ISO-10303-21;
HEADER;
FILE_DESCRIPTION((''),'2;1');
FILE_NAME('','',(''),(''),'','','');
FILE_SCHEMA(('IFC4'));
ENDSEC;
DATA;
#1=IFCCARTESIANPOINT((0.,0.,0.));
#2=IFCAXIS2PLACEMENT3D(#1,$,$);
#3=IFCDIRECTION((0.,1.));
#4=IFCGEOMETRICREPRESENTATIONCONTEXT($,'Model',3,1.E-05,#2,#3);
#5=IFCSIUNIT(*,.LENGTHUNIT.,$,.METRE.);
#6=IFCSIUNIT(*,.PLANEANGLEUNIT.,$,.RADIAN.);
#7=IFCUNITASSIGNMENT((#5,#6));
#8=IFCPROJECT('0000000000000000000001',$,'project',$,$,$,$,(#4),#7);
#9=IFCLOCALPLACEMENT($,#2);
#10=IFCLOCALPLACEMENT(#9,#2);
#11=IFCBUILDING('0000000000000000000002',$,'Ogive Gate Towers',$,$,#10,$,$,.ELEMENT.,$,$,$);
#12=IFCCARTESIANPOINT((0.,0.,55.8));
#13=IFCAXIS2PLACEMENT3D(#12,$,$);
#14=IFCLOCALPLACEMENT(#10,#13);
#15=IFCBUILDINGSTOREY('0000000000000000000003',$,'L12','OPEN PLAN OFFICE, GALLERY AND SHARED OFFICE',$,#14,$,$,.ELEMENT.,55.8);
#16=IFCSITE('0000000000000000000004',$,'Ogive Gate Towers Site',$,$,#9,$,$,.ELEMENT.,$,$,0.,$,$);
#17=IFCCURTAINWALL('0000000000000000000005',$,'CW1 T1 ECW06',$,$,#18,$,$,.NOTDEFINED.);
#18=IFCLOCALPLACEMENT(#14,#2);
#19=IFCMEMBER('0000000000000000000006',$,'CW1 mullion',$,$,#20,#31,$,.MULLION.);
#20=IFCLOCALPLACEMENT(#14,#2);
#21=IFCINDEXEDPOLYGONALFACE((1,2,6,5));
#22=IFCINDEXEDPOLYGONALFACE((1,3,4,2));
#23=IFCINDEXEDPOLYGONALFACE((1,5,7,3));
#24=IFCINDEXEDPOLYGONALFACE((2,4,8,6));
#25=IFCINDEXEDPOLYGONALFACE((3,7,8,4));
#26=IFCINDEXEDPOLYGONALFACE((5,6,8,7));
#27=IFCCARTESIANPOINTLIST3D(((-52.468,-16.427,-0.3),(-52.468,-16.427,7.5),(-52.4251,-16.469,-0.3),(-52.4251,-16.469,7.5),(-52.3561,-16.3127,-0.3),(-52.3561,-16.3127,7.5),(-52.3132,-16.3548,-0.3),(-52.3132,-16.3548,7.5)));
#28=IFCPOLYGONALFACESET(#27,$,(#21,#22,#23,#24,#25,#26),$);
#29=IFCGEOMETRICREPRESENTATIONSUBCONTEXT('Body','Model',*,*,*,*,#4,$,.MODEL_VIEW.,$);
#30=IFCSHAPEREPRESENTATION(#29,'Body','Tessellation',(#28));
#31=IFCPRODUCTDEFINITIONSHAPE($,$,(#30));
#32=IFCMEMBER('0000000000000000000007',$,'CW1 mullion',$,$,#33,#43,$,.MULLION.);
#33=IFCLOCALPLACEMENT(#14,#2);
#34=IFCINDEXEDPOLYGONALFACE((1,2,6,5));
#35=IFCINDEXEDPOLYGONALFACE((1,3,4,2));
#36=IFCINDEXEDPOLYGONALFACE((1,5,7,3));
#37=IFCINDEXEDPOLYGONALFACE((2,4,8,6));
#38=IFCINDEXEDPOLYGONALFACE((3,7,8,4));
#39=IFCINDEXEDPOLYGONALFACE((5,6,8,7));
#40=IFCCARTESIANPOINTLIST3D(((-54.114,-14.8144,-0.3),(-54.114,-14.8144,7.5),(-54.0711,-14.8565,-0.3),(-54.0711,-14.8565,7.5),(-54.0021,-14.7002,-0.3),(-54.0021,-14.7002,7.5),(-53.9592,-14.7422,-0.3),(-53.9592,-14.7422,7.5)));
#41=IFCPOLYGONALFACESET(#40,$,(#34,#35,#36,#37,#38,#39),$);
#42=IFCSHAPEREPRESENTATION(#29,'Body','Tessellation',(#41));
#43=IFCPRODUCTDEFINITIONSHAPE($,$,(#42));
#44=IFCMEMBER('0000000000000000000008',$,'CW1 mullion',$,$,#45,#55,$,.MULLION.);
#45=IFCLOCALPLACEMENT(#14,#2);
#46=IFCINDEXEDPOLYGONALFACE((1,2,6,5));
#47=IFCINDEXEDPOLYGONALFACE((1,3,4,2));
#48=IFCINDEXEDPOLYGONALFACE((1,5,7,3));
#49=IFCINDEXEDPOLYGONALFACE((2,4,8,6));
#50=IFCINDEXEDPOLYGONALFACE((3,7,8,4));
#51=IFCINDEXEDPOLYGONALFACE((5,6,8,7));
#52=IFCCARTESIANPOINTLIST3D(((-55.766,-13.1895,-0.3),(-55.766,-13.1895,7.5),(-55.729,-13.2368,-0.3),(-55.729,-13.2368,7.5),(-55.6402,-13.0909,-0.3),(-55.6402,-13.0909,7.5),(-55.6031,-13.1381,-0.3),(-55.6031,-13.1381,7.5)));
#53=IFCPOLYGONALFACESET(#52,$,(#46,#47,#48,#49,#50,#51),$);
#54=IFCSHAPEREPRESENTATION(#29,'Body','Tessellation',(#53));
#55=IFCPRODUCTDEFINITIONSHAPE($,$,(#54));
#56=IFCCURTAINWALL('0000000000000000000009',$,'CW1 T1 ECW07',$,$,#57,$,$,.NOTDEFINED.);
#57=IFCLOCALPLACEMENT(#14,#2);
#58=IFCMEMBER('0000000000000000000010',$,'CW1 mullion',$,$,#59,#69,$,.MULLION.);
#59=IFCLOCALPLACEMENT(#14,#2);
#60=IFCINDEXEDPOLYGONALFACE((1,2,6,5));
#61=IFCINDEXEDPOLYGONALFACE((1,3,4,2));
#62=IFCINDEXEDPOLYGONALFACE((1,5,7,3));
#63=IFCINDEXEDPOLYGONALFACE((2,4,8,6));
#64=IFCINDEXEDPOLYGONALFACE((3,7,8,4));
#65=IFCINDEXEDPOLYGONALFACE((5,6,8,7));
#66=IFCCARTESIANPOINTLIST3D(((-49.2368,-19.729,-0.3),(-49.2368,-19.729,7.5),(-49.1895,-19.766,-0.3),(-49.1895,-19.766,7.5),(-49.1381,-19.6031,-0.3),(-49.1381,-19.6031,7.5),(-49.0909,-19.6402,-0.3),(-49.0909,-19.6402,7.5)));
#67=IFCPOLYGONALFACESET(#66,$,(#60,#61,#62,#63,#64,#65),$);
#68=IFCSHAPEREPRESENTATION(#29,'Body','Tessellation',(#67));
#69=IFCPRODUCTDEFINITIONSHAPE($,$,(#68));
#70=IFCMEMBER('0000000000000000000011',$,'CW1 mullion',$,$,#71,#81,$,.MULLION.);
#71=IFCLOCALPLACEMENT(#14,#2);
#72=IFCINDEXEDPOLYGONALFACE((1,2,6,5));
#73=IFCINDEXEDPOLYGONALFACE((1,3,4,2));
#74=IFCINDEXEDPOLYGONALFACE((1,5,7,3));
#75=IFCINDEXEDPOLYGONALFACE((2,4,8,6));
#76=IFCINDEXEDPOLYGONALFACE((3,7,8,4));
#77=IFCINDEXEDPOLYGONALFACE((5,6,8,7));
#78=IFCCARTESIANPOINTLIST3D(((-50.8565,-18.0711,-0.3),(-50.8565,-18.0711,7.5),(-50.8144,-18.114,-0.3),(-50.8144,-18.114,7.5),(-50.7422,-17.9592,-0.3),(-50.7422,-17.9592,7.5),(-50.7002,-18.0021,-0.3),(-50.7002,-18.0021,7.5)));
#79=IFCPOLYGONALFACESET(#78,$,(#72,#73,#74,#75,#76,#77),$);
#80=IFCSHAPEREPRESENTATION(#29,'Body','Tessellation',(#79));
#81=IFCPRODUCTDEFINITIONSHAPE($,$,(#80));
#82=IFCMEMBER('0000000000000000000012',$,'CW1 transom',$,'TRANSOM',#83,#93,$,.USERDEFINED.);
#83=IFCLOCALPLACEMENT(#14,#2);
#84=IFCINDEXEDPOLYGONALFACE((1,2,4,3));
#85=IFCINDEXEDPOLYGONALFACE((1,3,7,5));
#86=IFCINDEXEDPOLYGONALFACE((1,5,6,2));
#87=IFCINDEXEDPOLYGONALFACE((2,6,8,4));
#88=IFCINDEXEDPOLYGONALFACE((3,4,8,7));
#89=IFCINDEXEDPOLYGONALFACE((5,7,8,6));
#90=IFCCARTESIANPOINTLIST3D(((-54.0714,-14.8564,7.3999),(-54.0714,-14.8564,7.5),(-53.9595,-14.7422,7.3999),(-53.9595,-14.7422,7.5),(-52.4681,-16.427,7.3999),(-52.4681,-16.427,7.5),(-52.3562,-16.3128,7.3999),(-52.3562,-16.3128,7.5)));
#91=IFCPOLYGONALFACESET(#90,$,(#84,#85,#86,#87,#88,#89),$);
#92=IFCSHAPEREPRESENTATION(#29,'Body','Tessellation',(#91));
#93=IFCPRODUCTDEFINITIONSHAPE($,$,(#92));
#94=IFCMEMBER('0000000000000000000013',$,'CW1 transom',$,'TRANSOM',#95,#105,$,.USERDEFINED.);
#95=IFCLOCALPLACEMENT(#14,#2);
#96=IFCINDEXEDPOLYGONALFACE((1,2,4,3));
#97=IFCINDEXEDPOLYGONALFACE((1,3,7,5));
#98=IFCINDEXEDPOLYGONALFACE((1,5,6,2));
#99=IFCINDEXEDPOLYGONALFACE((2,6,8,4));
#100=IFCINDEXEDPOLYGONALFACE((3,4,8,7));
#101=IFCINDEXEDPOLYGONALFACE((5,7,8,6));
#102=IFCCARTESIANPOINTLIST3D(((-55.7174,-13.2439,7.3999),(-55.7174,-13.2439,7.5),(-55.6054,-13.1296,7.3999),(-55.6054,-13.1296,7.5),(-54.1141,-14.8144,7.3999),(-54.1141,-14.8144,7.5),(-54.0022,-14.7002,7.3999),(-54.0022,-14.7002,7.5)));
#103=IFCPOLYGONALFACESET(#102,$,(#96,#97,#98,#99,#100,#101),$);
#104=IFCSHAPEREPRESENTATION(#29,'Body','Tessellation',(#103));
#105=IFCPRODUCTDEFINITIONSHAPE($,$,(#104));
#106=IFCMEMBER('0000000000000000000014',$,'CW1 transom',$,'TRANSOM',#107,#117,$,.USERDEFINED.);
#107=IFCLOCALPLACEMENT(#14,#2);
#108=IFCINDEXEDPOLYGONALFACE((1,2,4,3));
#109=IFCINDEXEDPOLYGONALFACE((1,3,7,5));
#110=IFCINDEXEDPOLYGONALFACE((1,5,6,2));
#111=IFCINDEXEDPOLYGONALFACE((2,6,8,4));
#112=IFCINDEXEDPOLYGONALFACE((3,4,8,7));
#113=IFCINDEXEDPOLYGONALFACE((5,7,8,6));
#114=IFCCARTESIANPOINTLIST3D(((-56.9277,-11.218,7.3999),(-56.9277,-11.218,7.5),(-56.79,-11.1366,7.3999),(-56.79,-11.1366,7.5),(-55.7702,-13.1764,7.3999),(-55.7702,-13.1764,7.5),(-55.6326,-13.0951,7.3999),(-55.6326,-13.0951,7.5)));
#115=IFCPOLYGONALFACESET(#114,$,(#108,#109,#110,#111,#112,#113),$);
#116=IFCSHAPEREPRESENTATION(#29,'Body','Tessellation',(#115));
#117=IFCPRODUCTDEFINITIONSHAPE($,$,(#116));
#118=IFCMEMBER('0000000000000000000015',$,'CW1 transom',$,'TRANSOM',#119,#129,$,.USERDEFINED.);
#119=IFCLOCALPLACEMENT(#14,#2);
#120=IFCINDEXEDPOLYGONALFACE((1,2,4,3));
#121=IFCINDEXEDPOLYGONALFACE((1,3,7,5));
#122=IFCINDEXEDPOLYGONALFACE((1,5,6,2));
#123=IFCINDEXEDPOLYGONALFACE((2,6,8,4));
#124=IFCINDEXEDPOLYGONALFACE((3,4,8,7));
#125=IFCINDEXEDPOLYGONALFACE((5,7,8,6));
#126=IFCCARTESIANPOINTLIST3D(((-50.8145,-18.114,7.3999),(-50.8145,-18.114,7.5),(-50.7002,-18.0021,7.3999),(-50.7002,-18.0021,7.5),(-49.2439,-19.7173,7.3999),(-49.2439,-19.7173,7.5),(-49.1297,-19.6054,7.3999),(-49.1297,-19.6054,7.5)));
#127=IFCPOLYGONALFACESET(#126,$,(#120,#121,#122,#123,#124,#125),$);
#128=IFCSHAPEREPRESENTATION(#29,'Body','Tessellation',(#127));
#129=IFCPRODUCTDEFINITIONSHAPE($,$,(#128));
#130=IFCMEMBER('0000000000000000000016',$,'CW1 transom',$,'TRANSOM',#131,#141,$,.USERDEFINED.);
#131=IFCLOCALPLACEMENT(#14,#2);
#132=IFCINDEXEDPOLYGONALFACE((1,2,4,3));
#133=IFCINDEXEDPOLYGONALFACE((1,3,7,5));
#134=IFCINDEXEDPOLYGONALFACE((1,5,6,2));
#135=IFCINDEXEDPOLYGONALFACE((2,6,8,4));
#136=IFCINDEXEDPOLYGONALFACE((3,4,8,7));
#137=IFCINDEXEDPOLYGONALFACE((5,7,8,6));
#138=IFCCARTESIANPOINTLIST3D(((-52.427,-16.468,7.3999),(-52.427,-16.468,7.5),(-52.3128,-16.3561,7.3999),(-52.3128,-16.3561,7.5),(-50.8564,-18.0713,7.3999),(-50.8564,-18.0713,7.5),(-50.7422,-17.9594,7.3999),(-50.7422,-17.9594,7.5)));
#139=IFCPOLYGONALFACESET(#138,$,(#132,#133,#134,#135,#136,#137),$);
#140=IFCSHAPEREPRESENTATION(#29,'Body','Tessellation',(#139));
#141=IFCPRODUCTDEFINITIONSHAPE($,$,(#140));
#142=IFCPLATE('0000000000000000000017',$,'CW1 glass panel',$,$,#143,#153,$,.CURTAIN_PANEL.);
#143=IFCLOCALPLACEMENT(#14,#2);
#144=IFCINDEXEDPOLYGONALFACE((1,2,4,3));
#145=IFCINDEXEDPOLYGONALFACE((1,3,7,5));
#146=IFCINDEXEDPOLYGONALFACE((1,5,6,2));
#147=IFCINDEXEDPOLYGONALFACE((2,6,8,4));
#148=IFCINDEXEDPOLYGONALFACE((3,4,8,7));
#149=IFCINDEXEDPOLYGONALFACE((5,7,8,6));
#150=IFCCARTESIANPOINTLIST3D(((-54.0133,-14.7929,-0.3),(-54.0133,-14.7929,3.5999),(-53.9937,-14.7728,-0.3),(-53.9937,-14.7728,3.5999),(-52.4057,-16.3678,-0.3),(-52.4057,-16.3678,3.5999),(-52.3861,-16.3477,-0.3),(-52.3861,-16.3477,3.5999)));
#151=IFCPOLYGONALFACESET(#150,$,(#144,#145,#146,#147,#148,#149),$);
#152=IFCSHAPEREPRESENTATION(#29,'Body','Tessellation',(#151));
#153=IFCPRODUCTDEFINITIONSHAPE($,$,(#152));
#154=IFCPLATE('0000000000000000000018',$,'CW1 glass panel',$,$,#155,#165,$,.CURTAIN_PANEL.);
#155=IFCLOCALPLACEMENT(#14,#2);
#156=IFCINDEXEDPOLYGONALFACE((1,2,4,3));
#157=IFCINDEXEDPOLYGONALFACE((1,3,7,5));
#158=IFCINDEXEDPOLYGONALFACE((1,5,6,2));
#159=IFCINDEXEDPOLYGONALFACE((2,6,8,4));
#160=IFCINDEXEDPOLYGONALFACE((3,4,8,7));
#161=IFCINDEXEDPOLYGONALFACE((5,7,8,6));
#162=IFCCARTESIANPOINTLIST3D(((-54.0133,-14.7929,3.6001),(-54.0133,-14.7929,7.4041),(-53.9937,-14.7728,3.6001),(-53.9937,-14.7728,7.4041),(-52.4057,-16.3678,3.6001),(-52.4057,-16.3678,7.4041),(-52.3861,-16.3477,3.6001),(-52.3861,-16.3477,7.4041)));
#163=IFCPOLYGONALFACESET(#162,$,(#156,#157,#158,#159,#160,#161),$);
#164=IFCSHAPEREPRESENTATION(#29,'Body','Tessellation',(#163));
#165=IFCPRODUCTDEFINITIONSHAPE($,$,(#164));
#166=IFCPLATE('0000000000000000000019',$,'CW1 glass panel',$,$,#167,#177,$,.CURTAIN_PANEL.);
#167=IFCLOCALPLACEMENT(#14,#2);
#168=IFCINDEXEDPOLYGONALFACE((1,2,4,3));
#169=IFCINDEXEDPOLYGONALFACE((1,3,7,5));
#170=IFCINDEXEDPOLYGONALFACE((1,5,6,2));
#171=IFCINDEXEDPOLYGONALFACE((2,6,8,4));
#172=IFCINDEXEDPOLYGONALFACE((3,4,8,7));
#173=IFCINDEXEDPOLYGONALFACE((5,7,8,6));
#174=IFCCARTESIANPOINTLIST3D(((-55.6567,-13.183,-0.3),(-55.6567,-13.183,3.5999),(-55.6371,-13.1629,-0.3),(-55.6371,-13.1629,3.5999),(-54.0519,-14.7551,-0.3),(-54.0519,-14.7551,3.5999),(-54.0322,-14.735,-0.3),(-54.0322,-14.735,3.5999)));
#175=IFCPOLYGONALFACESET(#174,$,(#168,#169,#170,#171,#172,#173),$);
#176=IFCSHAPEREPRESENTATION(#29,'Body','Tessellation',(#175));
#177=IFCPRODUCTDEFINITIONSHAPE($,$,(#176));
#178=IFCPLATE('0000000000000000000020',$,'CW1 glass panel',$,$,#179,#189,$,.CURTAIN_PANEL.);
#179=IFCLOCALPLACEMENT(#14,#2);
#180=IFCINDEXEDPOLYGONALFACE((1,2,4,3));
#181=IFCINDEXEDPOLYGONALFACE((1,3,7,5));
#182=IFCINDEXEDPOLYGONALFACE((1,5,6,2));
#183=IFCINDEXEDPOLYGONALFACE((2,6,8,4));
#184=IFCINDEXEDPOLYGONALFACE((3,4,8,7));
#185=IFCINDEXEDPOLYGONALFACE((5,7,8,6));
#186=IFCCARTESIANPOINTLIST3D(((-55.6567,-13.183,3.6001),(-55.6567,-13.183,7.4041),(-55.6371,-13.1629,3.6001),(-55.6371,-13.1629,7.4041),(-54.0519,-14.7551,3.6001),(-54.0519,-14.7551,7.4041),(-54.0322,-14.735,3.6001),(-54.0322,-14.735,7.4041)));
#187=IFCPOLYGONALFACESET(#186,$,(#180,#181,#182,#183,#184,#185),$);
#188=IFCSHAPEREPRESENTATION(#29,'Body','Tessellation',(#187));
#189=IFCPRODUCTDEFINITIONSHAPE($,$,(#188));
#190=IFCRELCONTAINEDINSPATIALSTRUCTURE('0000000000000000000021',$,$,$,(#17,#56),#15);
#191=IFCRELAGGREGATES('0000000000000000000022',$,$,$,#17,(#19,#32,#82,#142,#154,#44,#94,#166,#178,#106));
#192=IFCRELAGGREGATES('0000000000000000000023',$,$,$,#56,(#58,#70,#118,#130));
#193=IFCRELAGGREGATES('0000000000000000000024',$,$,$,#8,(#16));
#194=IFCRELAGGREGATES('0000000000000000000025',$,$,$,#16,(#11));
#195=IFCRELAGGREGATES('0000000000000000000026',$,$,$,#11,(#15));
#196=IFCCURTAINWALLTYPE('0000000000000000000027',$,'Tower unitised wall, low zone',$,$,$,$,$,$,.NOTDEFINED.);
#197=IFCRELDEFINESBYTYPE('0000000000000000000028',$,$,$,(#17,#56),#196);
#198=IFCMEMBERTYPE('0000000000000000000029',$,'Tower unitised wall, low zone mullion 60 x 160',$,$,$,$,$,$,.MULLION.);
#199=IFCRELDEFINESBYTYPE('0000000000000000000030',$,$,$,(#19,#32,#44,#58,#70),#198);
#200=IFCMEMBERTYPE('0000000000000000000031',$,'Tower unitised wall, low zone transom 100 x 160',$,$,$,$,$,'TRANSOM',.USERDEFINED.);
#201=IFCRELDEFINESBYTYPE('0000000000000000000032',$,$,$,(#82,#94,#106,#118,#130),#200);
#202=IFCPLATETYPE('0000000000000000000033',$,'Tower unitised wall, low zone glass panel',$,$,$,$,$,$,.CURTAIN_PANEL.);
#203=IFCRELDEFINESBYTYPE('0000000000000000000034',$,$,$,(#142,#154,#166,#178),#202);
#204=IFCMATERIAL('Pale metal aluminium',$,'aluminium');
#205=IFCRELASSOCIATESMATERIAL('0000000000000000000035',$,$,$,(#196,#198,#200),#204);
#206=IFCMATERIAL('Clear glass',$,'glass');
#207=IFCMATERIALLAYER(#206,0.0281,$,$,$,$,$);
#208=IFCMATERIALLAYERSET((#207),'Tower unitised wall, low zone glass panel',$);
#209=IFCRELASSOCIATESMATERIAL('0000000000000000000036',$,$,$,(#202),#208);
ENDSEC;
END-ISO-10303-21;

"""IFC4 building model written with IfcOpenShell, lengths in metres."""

from ifc_helpers import new_model, si_unit, direction, frame, origin, origin_2d, place, context, subcontext, project, spatial, rectangle, extrude, material, layer, layer_set, material_profile, profile_set, type_object, element, aggregate, save


model = new_model("IFC4")

# Units and contexts
model_context = context("Model", 3, precision=1e-05, world=origin(), true_north=direction((0.0, 1.0)))
body_context = subcontext(model_context, "Body", "Model", "MODEL_VIEW")
ifc_project = project(units=[si_unit("LENGTHUNIT", "METRE"), si_unit("PLANEANGLEUNIT", "RADIAN")], contexts=[model_context])

# Site, building, storey
site_placement = place(None, origin())
site = spatial("IfcSite", under=ifc_project, at=site_placement, Name="Ogive Gate Towers Site", CompositionType="ELEMENT", RefElevation=0.0)
building_placement = place(site_placement, origin())
building = spatial("IfcBuilding", under=site, at=building_placement, Name="Ogive Gate Towers", CompositionType="ELEMENT")
storey_placement = place(building_placement, frame((0.0, 0.0, 55.8)))
storey = spatial("IfcBuildingStorey", under=building, at=storey_placement, Name="L12", Description="OPEN PLAN OFFICE, GALLERY AND SHARED OFFICE", CompositionType="ELEMENT", Elevation=55.8)

# Curtain walls, members
ifc_material_1 = material(Name="Pale metal aluminium", Category="aluminium")
curtain_wall_type = type_object("IfcCurtainWallType", Name="Tower unitised wall, low zone", PredefinedType="NOTDEFINED", material=ifc_material_1)
curtain_wall_1_placement = place(storey_placement, origin())
curtain_wall_1 = element("IfcCurtainWall", 1, at=curtain_wall_1_placement, inside=storey, type_object=curtain_wall_type, Name="CW1 T1 ECW06", PredefinedType="NOTDEFINED")
ifc_material_profile_1 = material_profile(ifc_material_1, rectangle(XDim=0.1599, YDim=0.0601, at=origin_2d()), Name="60 x 160 aluminium box")
ifc_profile_set_1 = profile_set([ifc_material_profile_1], Name="Pale metal aluminium")
member_type_1 = type_object("IfcMemberType", Name="Tower unitised wall, low zone mullion 60 x 160", PredefinedType="MULLION", material=ifc_profile_set_1)
member_1_placement = place(storey_placement, frame((-52.3906, -16.3909, -0.3), z_axis=(0.0, 0.0, 1.0), x_axis=(0.6998, 0.714338, 0.0)))
member_1 = element("IfcMember", 2, at=member_1_placement, type_object=member_type_1, Name="CW1 mullion", PredefinedType="MULLION", context=body_context, shape_type="SweptSolid", body=[
    extrude(rectangle(XDim=0.1599, YDim=0.0601, at=origin_2d()), origin(), (0.0, 0.0, 1.0), 7.8),
])
member_2_placement = place(storey_placement, frame((-54.0366, -14.7783, -0.3), z_axis=(0.0, 0.0, 1.0), x_axis=(0.699788, 0.714351, 0.0)))
member_2 = element("IfcMember", 3, at=member_2_placement, type_object=member_type_1, Name="CW1 mullion", PredefinedType="MULLION", context=body_context, shape_type="SweptSolid", body=[
    extrude(rectangle(XDim=0.1599, YDim=0.0601, at=origin_2d()), origin(), (0.0, 0.0, 1.0), 7.8),
])
member_3_placement = place(storey_placement, frame((-55.6846, -13.1638, -0.3), z_axis=(0.0, 0.0, 1.0), x_axis=(0.787075, 0.616857, 0.0)))
member_3 = element("IfcMember", 4, at=member_3_placement, type_object=member_type_1, Name="CW1 mullion", PredefinedType="MULLION", context=body_context, shape_type="SweptSolid", body=[
    extrude(rectangle(XDim=0.1599, YDim=0.0601, at=origin_2d()), origin(), (0.0, 0.0, 1.0), 7.8),
])
curtain_wall_2_placement = place(storey_placement, origin())
curtain_wall_2 = element("IfcCurtainWall", 5, at=curtain_wall_2_placement, inside=storey, type_object=curtain_wall_type, Name="CW1 T1 ECW07", PredefinedType="NOTDEFINED")
member_4_placement = place(storey_placement, frame((-49.1638, -19.6846, -0.3), z_axis=(0.0, 0.0, 1.0), x_axis=(0.616857, 0.787075, 0.0)))
member_4 = element("IfcMember", 6, at=member_4_placement, type_object=member_type_1, Name="CW1 mullion", PredefinedType="MULLION", context=body_context, shape_type="SweptSolid", body=[
    extrude(rectangle(XDim=0.1599, YDim=0.0601, at=origin_2d()), origin(), (0.0, 0.0, 1.0), 7.8),
])
member_5_placement = place(storey_placement, frame((-50.7783, -18.0366, -0.3), z_axis=(0.0, 0.0, 1.0), x_axis=(0.714351, 0.699788, 0.0)))
member_5 = element("IfcMember", 7, at=member_5_placement, type_object=member_type_1, Name="CW1 mullion", PredefinedType="MULLION", context=body_context, shape_type="SweptSolid", body=[
    extrude(rectangle(XDim=0.1599, YDim=0.0601, at=origin_2d()), origin(), (0.0, 0.0, 1.0), 7.8),
])

# Members
ifc_material_profile_2 = material_profile(ifc_material_1, rectangle(XDim=0.1599, YDim=0.1001, at=origin_2d()), Name="100 x 160 aluminium box")
ifc_profile_set_2 = profile_set([ifc_material_profile_2], Name="Pale metal aluminium")
member_type_2 = type_object("IfcMemberType", Name="Tower unitised wall, low zone transom 100 x 160", ElementType="TRANSOM", PredefinedType="USERDEFINED", material=ifc_profile_set_2)
member_6_placement = place(storey_placement, frame((-52.4121, -16.3699, 7.45), z_axis=(-0.714357, 0.699781, 0.0), x_axis=(-0.699781, -0.714357, 0.0)))
member_6 = element("IfcMember", 8, at=member_6_placement, type_object=member_type_2, Name="CW1 transom", ObjectType="TRANSOM", PredefinedType="USERDEFINED", context=body_context, shape_type="SweptSolid", body=[
    extrude(rectangle(XDim=0.1599, YDim=0.1001, at=origin_2d()), origin(), (0.0, 0.0, 1.0), 2.2444),
])
member_7_placement = place(storey_placement, frame((-54.0581, -14.7573, 7.45), z_axis=(-0.714357, 0.699781, 0.0), x_axis=(-0.699781, -0.714357, 0.0)))
member_7 = element("IfcMember", 9, at=member_7_placement, type_object=member_type_2, Name="CW1 transom", ObjectType="TRANSOM", PredefinedType="USERDEFINED", context=body_context, shape_type="SweptSolid", body=[
    extrude(rectangle(XDim=0.1599, YDim=0.1001, at=origin_2d()), origin(), (0.0, 0.0, 1.0), 2.2444),
])
member_8_placement = place(storey_placement, frame((-55.7014, -13.1357, 7.45), z_axis=(-0.508787, 0.860892, 0.0), x_axis=(-0.860892, -0.508787, 0.0)))
member_8 = element("IfcMember", 10, at=member_8_placement, type_object=member_type_2, Name="CW1 transom", ObjectType="TRANSOM", PredefinedType="USERDEFINED", context=body_context, shape_type="SweptSolid", body=[
    extrude(rectangle(XDim=0.1599, YDim=0.1001, at=origin_2d()), origin(), (0.0, 0.0, 1.0), 2.2749),
])
member_9_placement = place(storey_placement, frame((-49.1868, -19.6614, 7.45), z_axis=(-0.699781, 0.714357, 0.0), x_axis=(-0.714357, -0.699781, 0.0)))
member_9 = element("IfcMember", 11, at=member_9_placement, type_object=member_type_2, Name="CW1 transom", ObjectType="TRANSOM", PredefinedType="USERDEFINED", context=body_context, shape_type="SweptSolid", body=[
    extrude(rectangle(XDim=0.1599, YDim=0.1001, at=origin_2d()), origin(), (0.0, 0.0, 1.0), 2.2444),
])
member_10_placement = place(storey_placement, frame((-50.7993, -18.0154, 7.45), z_axis=(-0.699781, 0.714357, 0.0), x_axis=(-0.714357, -0.699781, 0.0)))
member_10 = element("IfcMember", 12, at=member_10_placement, type_object=member_type_2, Name="CW1 transom", ObjectType="TRANSOM", PredefinedType="USERDEFINED", context=body_context, shape_type="SweptSolid", body=[
    extrude(rectangle(XDim=0.1599, YDim=0.1001, at=origin_2d()), origin(), (0.0, 0.0, 1.0), 2.2444),
])

# Plates
ifc_material_2 = material(Name="Clear glass", Category="glass")
ifc_layer_1 = layer(ifc_material_2, 0.0281)
ifc_layer_set_1 = layer_set([ifc_layer_1], Name="Tower unitised wall, low zone glass panel")
plate_type = type_object("IfcPlateType", Name="Tower unitised wall, low zone glass panel", PredefinedType="CURTAIN_PANEL", material=ifc_layer_set_1)
plate_1_placement = place(storey_placement, frame((-53.1997, -15.5703, -0.3), z_axis=(0.0, 0.0, 1.0), x_axis=(-0.714338, 0.6998, 0.0)))
plate_1 = element("IfcPlate", 13, at=plate_1_placement, type_object=plate_type, Name="CW1 glass panel", PredefinedType="CURTAIN_PANEL", context=body_context, shape_type="SweptSolid", body=[
    extrude(rectangle(XDim=2.2505, YDim=0.0281, at=origin_2d()), origin(), (0.0, 0.0, 1.0), 3.8999),
])
plate_2_placement = place(storey_placement, frame((-53.1997, -15.5703, 3.6001), z_axis=(0.0, 0.0, 1.0), x_axis=(-0.714338, 0.6998, 0.0)))
plate_2 = element("IfcPlate", 14, at=plate_2_placement, type_object=plate_type, Name="CW1 glass panel", PredefinedType="CURTAIN_PANEL", context=body_context, shape_type="SweptSolid", body=[
    extrude(rectangle(XDim=2.2505, YDim=0.0281, at=origin_2d()), origin(), (0.0, 0.0, 1.0), 3.804),
])
plate_3_placement = place(storey_placement, frame((-54.8445, -13.959, -0.3), z_axis=(0.0, 0.0, 1.0), x_axis=(-0.714363, 0.699776, 0.0)))
plate_3 = element("IfcPlate", 15, at=plate_3_placement, type_object=plate_type, Name="CW1 glass panel", PredefinedType="CURTAIN_PANEL", context=body_context, shape_type="SweptSolid", body=[
    extrude(rectangle(XDim=2.2466, YDim=0.0281, at=origin_2d()), origin(), (0.0, 0.0, 1.0), 3.8999),
])
plate_4_placement = place(storey_placement, frame((-54.8445, -13.959, 3.6001), z_axis=(0.0, 0.0, 1.0), x_axis=(-0.714363, 0.699776, 0.0)))
plate_4 = element("IfcPlate", 16, at=plate_4_placement, type_object=plate_type, Name="CW1 glass panel", PredefinedType="CURTAIN_PANEL", context=body_context, shape_type="SweptSolid", body=[
    extrude(rectangle(XDim=2.2466, YDim=0.0281, at=origin_2d()), origin(), (0.0, 0.0, 1.0), 3.804),
])
aggregate(curtain_wall_1, [member_1, member_2, member_6, plate_1, plate_2, member_3, member_7, plate_3, plate_4, member_8])
aggregate(curtain_wall_2, [member_4, member_5, member_9, member_10])

save(model, "model.ifc")
